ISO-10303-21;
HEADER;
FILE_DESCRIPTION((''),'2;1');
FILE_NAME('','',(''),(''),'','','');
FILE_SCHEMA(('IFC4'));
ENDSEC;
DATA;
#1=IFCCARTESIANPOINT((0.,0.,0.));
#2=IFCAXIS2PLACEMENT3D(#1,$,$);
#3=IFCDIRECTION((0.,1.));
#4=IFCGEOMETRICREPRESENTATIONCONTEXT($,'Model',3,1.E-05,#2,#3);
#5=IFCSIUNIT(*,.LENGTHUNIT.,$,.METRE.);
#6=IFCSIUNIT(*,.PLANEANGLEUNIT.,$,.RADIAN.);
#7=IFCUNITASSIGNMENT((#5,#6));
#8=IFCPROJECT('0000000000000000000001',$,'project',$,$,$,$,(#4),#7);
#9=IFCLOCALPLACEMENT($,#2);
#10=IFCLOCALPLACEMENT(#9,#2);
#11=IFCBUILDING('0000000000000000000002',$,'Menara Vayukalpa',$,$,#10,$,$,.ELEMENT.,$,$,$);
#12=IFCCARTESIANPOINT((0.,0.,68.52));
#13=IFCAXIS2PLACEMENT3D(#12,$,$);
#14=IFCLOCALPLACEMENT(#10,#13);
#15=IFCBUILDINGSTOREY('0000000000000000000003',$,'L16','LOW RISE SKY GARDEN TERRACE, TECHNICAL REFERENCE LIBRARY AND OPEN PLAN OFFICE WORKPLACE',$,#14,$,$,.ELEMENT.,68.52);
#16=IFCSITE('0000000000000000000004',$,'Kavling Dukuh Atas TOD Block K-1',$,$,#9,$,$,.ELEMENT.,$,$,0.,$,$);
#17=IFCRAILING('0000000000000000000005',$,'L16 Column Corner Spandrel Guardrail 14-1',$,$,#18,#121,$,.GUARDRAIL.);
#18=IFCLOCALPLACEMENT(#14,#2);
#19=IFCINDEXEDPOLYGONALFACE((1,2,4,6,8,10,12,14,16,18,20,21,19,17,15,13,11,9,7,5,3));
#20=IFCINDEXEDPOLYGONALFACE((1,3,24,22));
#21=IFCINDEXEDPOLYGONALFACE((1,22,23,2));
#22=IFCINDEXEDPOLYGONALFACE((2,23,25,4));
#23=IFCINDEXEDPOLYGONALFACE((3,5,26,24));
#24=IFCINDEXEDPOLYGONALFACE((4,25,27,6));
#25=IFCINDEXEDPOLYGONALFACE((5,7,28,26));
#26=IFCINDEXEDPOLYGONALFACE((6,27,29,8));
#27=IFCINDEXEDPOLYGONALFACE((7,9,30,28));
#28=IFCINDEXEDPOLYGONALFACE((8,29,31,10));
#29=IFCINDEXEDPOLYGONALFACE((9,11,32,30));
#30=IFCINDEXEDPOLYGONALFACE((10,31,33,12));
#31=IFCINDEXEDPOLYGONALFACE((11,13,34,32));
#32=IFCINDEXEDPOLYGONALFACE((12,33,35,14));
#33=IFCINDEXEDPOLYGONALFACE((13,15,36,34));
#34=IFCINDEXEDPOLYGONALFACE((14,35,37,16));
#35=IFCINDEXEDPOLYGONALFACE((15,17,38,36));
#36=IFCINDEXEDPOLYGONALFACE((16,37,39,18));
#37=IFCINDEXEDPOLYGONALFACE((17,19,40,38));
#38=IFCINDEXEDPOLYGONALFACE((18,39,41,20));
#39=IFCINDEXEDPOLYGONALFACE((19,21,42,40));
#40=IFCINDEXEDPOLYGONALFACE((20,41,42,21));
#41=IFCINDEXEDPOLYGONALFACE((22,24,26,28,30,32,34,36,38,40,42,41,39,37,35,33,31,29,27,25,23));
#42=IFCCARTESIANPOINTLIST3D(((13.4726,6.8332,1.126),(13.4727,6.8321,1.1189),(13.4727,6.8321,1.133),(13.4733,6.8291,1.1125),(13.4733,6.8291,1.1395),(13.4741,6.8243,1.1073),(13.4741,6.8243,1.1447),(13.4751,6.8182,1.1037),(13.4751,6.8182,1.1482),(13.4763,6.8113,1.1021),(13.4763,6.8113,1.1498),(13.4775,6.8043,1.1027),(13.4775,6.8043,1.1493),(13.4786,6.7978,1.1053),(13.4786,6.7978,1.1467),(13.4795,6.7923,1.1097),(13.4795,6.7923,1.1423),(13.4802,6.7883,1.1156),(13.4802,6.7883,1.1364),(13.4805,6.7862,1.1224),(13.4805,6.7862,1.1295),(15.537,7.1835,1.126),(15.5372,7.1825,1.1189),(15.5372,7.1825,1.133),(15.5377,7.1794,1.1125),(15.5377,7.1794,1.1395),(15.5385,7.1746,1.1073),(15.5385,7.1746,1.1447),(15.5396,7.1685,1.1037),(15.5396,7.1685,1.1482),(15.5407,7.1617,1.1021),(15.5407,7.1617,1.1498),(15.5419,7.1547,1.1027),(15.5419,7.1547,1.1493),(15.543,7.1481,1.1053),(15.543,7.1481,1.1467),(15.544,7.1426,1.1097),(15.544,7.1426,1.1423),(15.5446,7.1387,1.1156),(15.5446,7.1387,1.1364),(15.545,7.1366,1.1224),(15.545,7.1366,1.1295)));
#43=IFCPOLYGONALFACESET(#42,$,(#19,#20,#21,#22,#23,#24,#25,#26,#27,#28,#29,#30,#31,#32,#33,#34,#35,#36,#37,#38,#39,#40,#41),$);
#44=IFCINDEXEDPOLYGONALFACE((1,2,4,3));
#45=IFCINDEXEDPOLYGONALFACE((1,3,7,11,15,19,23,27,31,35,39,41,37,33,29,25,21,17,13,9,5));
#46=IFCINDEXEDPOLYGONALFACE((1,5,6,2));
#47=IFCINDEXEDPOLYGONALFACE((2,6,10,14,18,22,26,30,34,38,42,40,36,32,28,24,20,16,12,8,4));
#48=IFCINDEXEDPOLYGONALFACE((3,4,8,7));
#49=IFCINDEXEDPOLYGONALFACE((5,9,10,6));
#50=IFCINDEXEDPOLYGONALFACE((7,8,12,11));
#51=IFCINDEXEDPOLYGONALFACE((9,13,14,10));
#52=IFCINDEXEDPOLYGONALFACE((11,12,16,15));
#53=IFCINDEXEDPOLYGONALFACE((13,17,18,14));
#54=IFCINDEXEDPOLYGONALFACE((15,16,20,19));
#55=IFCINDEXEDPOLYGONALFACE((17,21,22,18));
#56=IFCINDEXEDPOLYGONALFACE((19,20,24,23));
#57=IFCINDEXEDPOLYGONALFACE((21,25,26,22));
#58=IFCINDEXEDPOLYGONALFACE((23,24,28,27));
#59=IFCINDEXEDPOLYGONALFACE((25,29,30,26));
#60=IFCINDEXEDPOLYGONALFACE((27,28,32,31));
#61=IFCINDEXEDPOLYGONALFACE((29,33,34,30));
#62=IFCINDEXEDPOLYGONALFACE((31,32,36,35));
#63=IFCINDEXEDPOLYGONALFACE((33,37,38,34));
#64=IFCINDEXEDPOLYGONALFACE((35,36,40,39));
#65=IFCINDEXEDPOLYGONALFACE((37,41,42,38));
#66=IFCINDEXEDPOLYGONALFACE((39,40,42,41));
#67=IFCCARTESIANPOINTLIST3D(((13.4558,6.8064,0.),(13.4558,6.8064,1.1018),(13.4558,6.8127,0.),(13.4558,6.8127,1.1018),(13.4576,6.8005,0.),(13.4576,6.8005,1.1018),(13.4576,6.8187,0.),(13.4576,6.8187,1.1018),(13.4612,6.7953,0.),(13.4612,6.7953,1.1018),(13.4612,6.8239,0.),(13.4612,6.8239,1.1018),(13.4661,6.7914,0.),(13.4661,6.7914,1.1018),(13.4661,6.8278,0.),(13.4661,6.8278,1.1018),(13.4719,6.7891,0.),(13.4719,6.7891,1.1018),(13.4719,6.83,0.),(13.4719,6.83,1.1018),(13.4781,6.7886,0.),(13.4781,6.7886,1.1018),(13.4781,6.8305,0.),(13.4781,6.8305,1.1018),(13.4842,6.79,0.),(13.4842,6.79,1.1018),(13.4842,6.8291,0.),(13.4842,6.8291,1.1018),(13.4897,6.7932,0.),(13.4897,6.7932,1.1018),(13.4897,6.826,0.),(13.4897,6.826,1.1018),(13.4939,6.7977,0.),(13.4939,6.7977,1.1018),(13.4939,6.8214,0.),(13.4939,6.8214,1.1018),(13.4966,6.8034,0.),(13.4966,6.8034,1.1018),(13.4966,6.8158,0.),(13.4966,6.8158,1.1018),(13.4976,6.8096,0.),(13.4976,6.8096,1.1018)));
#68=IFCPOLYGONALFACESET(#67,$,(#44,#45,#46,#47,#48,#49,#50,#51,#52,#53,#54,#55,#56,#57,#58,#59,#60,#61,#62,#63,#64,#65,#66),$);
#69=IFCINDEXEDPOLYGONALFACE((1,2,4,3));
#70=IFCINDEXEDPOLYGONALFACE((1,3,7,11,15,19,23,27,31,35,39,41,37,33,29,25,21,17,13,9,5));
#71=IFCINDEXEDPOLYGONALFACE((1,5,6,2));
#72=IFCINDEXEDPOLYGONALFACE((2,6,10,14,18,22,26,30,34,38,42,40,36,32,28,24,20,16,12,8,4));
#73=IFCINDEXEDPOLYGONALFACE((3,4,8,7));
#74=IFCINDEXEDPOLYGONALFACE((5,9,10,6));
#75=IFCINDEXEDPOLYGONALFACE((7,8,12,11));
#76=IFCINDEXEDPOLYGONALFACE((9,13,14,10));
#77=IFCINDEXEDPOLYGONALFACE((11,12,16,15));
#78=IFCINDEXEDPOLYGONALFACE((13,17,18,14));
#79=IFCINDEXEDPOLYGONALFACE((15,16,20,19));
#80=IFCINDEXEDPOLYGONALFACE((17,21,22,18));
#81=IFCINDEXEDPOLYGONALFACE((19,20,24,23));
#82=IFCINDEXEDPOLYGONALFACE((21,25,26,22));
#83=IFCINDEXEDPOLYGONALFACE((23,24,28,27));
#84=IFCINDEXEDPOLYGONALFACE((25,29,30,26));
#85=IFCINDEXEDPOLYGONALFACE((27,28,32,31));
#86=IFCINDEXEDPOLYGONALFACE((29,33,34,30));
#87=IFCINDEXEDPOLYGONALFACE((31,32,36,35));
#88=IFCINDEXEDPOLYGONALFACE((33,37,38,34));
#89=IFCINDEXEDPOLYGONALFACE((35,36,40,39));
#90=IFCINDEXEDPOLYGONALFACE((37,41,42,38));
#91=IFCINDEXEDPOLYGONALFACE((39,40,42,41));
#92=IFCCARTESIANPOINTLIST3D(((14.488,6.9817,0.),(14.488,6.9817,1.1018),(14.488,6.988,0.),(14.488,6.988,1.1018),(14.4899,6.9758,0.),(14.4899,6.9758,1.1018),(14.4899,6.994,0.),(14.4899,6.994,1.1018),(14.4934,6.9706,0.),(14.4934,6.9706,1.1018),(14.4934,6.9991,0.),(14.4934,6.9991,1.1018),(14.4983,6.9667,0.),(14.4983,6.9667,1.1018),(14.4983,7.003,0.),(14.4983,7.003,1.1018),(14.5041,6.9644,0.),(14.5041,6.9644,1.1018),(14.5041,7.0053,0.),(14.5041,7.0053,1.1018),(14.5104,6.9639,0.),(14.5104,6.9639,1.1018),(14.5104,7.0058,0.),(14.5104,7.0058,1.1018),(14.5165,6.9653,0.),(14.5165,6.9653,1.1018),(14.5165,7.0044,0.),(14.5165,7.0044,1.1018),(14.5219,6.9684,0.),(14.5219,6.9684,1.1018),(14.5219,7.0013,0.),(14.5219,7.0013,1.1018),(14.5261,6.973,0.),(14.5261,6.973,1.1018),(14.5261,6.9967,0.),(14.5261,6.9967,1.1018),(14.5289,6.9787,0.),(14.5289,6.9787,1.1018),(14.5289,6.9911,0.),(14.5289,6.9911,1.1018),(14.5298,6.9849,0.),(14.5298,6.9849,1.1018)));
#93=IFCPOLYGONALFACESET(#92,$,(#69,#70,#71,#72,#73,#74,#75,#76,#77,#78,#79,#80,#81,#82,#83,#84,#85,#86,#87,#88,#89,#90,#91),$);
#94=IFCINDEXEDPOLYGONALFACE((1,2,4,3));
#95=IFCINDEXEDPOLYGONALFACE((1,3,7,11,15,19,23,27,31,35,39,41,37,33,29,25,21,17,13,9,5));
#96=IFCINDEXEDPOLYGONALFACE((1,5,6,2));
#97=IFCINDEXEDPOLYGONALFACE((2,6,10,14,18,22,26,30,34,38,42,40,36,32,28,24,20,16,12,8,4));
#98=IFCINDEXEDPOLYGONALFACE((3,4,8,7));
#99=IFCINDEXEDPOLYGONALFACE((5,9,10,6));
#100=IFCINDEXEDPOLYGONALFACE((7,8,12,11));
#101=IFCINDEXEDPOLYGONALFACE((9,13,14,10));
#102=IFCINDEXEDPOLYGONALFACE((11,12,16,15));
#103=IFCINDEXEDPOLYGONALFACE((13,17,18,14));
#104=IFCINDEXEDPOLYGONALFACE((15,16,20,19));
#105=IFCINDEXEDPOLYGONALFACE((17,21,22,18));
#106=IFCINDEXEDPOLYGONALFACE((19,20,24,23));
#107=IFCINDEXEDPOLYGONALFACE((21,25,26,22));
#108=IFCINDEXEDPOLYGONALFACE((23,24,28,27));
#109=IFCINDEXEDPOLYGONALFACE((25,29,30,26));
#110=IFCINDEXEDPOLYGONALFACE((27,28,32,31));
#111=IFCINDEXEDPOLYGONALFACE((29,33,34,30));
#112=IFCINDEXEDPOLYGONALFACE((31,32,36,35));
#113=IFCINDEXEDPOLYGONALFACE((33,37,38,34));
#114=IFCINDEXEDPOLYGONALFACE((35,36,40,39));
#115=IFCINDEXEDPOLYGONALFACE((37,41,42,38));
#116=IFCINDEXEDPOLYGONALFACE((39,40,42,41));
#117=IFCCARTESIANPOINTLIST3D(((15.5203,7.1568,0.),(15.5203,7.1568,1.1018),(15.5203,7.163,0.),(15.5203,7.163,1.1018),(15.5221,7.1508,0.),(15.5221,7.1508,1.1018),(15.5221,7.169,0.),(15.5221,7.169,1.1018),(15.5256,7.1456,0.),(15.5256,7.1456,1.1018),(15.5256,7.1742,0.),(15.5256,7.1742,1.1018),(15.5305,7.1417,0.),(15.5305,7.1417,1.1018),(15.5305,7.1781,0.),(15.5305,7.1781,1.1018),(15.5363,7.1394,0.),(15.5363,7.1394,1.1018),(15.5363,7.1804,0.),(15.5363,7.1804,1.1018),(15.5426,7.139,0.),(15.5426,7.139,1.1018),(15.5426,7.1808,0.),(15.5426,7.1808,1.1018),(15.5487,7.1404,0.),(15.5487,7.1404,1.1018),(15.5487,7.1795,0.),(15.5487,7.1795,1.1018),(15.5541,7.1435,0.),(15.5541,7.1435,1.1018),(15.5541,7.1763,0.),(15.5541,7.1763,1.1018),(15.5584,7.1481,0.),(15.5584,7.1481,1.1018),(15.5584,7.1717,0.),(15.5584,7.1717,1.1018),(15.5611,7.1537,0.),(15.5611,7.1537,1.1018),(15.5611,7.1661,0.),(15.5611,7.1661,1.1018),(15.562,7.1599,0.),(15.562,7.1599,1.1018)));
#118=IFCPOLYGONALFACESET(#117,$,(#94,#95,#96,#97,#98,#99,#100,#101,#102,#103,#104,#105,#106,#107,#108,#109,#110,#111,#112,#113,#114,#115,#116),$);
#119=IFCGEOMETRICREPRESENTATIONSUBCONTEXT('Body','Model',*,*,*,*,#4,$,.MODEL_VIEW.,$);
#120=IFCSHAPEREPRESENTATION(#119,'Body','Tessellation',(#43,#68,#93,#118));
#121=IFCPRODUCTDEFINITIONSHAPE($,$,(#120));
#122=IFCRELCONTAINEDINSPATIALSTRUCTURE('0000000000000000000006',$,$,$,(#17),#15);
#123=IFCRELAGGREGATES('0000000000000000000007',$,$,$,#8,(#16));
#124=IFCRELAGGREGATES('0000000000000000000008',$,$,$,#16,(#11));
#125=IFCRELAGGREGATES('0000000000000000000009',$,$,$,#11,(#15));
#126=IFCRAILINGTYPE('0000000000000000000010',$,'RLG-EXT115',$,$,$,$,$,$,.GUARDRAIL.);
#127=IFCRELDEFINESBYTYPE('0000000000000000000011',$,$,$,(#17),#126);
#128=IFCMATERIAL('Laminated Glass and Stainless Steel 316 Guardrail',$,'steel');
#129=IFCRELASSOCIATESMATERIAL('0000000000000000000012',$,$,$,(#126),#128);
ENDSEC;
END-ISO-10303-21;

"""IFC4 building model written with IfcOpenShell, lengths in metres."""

from ifc_helpers import new_model, si_unit, direction, frame, origin, origin_2d, place, context, subcontext, project, spatial, circle, extrude, material, type_object, element, save


model = new_model("IFC4")

# Units and contexts
model_context = context("Model", 3, precision=1e-05, world=origin(), true_north=direction((0.0, 1.0)))
body_context = subcontext(model_context, "Body", "Model", "MODEL_VIEW")
ifc_project = project(units=[si_unit("LENGTHUNIT", "METRE"), si_unit("PLANEANGLEUNIT", "RADIAN")], contexts=[model_context])

# Site, building, storey
site_placement = place(None, origin())
site = spatial("IfcSite", under=ifc_project, at=site_placement, Name="Kavling Dukuh Atas TOD Block K-1", CompositionType="ELEMENT", RefElevation=0.0)
building_placement = place(site_placement, origin())
building = spatial("IfcBuilding", under=site, at=building_placement, Name="Menara Vayukalpa", CompositionType="ELEMENT")
storey_placement = place(building_placement, frame((0.0, 0.0, 68.52)))
storey = spatial("IfcBuildingStorey", under=building, at=storey_placement, Name="L16", Description="LOW RISE SKY GARDEN TERRACE, TECHNICAL REFERENCE LIBRARY AND OPEN PLAN OFFICE WORKPLACE", CompositionType="ELEMENT", Elevation=68.52)

# Railing
ifc_material_1 = material(Name="Laminated Glass and Stainless Steel 316 Guardrail", Category="steel")
railing_type = type_object("IfcRailingType", Name="RLG-EXT115", PredefinedType="GUARDRAIL", material=ifc_material_1)
railing_1_placement = place(storey_placement, frame((13.4766, 6.8096, 0.0)))
element("IfcRailing", 1, at=railing_1_placement, inside=storey, type_object=railing_type, Name="L16 Column Corner Spandrel Guardrail 14-1", PredefinedType="GUARDRAIL", context=body_context, shape_type="SweptSolid", body=[
    extrude(circle(Radius=0.0239, at=origin_2d()), frame((0.0, 0.0, 1.126), z_axis=(0.985904, 0.16731, 0.0), x_axis=(-0.16731, 0.985904, 0.0)), (0.0, 0.0, 1.0), 2.094),
    extrude(circle(Radius=0.021, at=origin_2d()), origin(), (0.0, 0.0, 1.0), 1.1018),
    extrude(circle(Radius=0.021, at=origin_2d()), frame((1.0322, 0.1753, 0.0)), (0.0, 0.0, 1.0), 1.1018),
    extrude(circle(Radius=0.021, at=origin_2d()), frame((2.0645, 0.3503, 0.0)), (0.0, 0.0, 1.0), 1.1018),
])

save(model, "model.ifc")
